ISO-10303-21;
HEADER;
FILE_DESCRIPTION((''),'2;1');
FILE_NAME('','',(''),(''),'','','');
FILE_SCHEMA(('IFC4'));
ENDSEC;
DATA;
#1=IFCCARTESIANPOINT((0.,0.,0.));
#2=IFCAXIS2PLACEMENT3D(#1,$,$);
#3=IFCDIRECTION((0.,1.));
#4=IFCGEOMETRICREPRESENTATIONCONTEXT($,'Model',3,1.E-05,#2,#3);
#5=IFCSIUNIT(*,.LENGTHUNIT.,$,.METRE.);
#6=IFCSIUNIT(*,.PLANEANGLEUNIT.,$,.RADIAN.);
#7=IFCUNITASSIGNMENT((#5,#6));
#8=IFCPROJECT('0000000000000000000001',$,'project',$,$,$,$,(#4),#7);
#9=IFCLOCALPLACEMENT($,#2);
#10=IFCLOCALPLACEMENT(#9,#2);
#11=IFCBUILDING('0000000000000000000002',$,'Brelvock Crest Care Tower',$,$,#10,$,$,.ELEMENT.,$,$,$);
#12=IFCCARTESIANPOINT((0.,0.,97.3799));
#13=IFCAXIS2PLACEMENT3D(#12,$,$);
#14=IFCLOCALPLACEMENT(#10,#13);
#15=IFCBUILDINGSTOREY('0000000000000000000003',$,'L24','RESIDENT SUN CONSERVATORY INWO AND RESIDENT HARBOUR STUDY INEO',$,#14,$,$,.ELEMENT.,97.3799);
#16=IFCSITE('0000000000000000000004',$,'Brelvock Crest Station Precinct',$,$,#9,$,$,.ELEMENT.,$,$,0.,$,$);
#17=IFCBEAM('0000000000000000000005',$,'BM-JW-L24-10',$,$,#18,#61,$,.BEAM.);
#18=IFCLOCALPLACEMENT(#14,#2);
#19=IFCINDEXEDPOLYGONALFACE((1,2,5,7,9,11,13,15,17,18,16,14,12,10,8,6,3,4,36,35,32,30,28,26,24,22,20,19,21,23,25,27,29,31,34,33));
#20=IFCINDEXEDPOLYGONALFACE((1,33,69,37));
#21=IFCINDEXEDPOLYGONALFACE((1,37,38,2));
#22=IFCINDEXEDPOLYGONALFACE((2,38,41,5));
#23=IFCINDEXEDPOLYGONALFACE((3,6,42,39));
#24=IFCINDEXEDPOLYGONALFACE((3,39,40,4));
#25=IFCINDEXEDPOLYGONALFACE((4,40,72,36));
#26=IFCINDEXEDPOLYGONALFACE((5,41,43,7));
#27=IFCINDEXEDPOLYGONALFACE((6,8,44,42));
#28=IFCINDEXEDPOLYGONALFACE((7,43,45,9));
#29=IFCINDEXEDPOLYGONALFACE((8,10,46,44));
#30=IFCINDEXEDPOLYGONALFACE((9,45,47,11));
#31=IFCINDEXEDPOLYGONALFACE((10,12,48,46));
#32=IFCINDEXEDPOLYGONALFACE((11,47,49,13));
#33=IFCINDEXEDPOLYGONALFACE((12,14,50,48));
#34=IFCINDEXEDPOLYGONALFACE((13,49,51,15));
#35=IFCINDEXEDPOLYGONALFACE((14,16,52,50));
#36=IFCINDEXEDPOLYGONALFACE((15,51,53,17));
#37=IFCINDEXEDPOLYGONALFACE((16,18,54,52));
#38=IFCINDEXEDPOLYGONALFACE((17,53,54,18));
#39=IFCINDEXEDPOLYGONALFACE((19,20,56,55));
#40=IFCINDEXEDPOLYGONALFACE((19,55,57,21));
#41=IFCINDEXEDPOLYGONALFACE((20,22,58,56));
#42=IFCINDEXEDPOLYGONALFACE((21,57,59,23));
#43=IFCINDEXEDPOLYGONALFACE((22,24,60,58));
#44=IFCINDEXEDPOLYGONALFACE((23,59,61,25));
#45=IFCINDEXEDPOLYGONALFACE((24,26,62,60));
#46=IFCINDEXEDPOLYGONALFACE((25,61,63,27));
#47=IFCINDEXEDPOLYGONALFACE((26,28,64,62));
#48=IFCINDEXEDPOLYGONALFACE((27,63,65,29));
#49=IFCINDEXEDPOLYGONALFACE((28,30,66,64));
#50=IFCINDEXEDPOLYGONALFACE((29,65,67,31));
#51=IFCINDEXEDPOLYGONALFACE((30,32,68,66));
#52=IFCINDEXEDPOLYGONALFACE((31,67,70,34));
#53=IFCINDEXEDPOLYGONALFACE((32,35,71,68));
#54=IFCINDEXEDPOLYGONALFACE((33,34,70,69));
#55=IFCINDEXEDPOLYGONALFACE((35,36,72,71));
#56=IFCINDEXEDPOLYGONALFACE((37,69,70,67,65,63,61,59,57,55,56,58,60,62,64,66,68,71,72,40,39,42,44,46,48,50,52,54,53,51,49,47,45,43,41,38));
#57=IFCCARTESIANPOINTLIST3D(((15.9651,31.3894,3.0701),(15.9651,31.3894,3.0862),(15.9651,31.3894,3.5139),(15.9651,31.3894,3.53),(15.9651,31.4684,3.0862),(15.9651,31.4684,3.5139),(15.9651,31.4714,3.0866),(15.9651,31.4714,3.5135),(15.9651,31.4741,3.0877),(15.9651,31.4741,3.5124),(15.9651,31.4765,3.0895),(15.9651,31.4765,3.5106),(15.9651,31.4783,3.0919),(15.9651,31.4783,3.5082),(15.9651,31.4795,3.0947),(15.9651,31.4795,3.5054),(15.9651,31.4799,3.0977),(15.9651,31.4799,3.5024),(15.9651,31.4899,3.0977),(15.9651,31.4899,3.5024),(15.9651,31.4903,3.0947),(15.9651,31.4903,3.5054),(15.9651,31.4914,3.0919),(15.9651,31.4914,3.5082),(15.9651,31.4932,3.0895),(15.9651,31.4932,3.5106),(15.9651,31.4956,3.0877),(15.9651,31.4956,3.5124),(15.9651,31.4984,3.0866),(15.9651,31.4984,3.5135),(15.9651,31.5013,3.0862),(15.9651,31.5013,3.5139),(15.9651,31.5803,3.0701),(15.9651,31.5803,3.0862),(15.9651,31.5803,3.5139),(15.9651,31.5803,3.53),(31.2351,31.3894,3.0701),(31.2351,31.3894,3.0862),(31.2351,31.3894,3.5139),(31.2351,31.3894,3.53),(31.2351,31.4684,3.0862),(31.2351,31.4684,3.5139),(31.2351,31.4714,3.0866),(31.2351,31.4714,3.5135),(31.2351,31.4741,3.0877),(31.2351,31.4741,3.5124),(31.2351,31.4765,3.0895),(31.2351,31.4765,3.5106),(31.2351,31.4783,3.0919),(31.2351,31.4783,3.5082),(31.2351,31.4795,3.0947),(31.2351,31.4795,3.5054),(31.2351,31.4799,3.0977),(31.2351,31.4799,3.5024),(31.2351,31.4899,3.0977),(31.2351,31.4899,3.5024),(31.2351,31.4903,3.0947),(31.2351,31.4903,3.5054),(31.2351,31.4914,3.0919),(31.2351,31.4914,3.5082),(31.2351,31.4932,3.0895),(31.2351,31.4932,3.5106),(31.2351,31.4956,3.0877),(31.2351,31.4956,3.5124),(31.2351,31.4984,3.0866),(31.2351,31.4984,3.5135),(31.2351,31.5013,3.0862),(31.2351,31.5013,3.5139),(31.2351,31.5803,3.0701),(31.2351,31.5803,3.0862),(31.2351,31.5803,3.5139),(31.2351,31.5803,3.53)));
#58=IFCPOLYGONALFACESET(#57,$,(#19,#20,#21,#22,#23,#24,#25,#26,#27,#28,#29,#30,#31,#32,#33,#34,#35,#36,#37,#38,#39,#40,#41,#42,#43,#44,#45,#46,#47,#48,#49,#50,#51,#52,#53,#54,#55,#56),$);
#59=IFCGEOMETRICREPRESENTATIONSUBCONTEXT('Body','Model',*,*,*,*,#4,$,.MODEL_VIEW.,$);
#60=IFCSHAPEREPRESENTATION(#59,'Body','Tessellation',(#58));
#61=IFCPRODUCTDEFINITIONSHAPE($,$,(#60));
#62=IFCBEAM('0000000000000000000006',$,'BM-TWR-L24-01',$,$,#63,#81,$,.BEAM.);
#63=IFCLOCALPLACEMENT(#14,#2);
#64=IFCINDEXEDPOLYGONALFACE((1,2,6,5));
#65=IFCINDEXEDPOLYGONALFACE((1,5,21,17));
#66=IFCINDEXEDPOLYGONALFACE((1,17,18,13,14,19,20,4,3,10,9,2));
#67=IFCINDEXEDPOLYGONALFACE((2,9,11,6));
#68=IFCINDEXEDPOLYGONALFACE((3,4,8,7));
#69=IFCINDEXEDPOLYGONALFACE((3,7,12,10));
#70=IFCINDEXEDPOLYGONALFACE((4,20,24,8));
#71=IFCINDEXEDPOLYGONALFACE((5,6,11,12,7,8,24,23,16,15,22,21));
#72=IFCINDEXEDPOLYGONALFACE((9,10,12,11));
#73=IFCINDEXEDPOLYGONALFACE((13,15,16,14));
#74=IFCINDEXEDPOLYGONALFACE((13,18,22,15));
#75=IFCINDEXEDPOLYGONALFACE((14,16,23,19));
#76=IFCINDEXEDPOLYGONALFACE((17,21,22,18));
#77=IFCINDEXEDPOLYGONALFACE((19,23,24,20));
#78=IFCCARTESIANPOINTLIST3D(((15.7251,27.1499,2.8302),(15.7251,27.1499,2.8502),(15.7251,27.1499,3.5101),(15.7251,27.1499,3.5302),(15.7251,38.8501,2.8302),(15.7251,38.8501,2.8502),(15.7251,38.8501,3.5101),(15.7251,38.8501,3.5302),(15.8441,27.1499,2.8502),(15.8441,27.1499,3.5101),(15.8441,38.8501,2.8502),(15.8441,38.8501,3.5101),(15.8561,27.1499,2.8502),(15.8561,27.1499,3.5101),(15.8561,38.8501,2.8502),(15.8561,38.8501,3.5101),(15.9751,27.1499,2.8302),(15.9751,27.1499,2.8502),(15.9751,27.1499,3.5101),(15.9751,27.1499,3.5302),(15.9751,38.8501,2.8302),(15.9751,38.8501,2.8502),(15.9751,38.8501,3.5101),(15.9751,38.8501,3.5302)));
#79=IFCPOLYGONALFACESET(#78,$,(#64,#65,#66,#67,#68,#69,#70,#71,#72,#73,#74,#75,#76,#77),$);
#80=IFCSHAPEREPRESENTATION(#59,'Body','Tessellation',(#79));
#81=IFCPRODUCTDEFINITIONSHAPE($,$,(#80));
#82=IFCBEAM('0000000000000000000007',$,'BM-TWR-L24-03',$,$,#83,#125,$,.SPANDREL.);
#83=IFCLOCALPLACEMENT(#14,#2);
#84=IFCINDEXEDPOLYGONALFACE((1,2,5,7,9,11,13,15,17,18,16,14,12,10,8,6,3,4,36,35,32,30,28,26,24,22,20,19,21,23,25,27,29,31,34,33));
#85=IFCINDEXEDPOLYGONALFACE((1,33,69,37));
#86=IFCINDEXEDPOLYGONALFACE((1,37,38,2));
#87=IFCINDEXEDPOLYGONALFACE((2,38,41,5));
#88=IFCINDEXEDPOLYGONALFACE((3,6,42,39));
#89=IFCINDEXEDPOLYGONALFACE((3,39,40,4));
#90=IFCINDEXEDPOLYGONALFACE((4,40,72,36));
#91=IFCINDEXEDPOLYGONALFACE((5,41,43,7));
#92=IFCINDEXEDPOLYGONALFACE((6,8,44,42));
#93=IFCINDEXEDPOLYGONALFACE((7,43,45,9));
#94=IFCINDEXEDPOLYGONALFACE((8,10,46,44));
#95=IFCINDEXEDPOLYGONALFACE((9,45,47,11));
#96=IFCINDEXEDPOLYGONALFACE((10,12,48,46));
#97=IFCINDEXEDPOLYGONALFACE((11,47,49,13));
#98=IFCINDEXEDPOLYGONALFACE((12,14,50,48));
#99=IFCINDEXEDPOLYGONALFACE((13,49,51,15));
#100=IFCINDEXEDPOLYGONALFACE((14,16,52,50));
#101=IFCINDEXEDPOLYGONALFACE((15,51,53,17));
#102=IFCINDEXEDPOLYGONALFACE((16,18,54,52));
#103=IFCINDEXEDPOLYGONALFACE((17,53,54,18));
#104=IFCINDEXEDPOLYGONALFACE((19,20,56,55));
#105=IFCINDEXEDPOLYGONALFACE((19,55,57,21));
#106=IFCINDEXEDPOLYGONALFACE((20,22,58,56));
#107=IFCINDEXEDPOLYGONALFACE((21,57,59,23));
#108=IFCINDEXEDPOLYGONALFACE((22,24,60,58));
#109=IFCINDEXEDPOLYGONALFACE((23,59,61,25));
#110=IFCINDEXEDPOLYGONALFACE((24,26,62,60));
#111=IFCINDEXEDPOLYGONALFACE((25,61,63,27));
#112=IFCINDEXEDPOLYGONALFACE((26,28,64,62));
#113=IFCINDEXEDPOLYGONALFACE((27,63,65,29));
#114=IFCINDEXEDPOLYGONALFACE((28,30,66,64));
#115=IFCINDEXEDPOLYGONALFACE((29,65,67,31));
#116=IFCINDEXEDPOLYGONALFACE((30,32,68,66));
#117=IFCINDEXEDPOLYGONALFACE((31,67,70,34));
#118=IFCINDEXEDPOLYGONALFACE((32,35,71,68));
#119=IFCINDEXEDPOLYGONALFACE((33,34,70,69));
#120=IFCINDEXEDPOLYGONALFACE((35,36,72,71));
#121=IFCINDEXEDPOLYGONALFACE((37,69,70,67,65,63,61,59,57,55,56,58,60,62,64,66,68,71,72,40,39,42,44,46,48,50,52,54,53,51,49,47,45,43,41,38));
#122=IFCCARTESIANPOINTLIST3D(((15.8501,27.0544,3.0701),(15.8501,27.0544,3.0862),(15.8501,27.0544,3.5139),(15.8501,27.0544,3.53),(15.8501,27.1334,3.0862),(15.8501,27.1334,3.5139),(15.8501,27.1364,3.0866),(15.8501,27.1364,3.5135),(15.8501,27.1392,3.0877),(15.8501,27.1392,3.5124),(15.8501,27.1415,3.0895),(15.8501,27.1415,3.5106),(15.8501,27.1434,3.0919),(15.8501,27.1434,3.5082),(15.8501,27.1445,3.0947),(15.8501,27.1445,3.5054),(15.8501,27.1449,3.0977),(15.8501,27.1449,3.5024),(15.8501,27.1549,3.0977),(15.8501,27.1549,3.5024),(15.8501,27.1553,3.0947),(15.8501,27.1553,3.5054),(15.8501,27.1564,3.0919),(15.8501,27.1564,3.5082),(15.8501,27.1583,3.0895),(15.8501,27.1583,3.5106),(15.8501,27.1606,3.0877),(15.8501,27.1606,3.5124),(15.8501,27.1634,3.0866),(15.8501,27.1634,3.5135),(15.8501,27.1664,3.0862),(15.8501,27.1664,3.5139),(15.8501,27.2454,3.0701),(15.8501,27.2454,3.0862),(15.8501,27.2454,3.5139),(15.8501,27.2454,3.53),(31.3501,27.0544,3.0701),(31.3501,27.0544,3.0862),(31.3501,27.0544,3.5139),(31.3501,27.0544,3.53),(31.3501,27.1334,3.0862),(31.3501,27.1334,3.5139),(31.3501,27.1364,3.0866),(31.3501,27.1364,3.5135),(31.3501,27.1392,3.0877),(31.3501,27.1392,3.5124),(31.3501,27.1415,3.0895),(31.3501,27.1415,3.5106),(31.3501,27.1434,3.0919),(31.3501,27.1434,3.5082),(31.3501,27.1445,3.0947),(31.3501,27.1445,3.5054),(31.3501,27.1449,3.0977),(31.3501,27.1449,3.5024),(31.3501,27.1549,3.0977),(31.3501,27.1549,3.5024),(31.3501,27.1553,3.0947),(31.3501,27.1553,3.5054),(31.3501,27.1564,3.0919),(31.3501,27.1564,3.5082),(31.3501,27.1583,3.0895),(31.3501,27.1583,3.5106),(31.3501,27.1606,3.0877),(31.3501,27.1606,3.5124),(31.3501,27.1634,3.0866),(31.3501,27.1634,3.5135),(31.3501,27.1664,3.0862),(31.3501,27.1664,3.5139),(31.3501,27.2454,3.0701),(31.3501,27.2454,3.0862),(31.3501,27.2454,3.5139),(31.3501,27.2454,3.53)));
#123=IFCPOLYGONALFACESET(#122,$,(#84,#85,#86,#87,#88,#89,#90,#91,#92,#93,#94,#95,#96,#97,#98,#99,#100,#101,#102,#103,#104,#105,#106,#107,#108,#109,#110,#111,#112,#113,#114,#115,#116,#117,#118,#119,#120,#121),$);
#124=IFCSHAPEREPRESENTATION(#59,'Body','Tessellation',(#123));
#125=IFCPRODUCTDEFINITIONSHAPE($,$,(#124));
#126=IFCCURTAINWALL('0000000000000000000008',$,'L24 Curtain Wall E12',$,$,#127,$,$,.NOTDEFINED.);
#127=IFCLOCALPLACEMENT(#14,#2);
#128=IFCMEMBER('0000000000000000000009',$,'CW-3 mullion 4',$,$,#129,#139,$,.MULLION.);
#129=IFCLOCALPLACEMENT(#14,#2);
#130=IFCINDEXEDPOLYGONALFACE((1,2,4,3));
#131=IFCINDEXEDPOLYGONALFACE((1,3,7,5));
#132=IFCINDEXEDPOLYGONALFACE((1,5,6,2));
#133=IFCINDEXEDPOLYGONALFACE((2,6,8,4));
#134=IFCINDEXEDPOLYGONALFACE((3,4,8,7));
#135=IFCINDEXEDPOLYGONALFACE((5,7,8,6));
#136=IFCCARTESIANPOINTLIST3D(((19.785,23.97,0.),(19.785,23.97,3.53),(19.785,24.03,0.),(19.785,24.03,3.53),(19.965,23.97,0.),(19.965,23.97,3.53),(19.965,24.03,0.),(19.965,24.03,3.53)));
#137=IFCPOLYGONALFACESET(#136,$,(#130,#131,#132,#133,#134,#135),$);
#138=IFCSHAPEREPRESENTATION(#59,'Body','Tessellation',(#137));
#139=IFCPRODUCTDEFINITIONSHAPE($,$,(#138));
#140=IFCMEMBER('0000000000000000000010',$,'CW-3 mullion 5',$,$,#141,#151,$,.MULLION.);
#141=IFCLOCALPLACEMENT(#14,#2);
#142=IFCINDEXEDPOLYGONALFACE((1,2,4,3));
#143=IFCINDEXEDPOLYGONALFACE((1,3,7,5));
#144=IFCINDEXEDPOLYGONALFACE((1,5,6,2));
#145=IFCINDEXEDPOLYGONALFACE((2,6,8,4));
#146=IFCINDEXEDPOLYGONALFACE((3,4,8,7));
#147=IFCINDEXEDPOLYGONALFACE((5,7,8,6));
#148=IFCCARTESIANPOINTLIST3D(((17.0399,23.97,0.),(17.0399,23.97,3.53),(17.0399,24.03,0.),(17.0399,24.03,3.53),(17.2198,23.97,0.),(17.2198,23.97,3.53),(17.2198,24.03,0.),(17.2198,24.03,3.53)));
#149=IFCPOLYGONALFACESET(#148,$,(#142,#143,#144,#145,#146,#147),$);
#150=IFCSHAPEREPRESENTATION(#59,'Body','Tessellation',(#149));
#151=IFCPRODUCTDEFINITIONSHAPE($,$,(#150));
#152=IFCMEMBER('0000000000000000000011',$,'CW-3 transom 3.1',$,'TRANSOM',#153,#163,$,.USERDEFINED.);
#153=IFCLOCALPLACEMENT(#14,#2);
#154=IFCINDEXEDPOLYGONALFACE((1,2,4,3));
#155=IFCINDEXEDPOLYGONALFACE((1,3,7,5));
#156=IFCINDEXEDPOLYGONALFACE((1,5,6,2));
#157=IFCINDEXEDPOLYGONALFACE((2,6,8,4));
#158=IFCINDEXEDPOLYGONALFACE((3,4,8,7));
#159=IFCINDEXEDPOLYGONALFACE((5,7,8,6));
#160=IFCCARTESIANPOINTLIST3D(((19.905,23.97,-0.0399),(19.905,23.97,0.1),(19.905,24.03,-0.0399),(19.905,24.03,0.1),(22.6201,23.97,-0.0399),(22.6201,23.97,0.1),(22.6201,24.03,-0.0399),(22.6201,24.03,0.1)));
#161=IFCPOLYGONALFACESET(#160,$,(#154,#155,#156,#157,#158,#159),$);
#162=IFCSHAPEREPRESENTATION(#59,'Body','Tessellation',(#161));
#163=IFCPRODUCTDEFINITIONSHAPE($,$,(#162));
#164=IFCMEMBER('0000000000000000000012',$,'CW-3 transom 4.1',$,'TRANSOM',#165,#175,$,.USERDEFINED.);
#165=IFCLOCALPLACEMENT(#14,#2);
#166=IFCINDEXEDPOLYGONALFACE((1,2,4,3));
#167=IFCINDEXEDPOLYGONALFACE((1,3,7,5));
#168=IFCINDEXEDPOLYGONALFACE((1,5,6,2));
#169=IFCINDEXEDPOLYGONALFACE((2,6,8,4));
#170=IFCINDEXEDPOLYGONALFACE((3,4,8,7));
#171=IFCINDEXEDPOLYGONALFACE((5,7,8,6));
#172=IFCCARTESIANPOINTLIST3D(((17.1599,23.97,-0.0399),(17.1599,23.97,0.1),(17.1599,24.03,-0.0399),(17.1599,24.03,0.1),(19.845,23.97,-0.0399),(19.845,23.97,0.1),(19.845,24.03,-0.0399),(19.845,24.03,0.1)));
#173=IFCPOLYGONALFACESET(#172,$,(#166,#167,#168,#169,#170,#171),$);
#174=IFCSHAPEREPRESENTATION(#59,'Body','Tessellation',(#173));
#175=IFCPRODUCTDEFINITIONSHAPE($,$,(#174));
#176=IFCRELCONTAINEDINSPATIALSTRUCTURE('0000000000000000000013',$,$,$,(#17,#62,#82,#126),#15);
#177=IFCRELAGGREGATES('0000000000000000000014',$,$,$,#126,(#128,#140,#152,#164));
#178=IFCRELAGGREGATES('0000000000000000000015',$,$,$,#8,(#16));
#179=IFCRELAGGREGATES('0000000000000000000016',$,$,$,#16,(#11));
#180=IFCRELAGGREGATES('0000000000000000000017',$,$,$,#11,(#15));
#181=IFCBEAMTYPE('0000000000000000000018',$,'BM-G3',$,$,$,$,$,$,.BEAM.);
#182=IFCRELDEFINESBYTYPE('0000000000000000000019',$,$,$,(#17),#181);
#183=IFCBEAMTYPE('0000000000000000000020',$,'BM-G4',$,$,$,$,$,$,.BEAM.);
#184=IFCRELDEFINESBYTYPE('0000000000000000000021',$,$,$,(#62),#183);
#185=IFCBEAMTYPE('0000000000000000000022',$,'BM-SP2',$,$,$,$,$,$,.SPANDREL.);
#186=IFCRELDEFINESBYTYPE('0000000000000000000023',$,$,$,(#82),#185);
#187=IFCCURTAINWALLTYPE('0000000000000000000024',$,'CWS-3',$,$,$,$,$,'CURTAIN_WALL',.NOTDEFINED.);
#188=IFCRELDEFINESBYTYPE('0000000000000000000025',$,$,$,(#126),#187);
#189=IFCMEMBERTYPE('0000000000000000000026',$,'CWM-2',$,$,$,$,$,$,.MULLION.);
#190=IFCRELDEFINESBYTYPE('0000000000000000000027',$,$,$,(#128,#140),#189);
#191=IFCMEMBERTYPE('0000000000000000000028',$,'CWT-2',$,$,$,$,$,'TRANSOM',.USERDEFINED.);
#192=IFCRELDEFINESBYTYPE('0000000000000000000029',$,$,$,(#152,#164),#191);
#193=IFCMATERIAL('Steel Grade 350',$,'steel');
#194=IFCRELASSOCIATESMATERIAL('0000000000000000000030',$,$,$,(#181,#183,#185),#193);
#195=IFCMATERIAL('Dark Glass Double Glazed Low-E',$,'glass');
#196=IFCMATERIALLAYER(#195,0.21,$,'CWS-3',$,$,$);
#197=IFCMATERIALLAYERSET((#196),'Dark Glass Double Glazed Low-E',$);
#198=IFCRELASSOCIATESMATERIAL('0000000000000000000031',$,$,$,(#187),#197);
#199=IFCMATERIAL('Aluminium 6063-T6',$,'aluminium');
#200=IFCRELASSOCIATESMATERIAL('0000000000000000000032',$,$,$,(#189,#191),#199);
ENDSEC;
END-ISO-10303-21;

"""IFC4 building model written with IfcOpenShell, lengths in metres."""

from ifc_helpers import new_model, si_unit, direction, frame, origin, origin_2d, place, context, subcontext, project, spatial, rectangle, i_section, extrude, source, transform, mapped, material, layer, layer_set, material_profile, profile_set, type_object, element, aggregate, save


model = new_model("IFC4")

# Units and contexts
model_context = context("Model", 3, precision=1e-05, world=origin(), true_north=direction((0.0, 1.0)))
body_context = subcontext(model_context, "Body", "Model", "MODEL_VIEW")
ifc_project = project(units=[si_unit("LENGTHUNIT", "METRE"), si_unit("PLANEANGLEUNIT", "RADIAN")], contexts=[model_context])

# Site, building, storey
site_placement = place(None, origin())
site = spatial("IfcSite", under=ifc_project, at=site_placement, Name="Brelvock Crest Station Precinct", CompositionType="ELEMENT", RefElevation=0.0)
building_placement = place(site_placement, origin())
building = spatial("IfcBuilding", under=site, at=building_placement, Name="Brelvock Crest Care Tower", CompositionType="ELEMENT")
storey_placement = place(building_placement, frame((0.0, 0.0, 97.3799)))
storey = spatial("IfcBuildingStorey", under=building, at=storey_placement, Name="L24", Description="RESIDENT SUN CONSERVATORY INWO AND RESIDENT HARBOUR STUDY INEO", CompositionType="ELEMENT", Elevation=97.3799)

# Shared definitions
ifc_material_1 = material(Name="Steel Grade 350", Category="steel")

# Beams
ifc_material_profile_1 = material_profile(ifc_material_1, i_section(OverallWidth=0.1909, OverallDepth=0.46, WebThickness=0.01, FlangeThickness=0.0161, FilletRadius=0.0115, at=origin_2d()), Name="460UB82.1")
ifc_profile_set_1 = profile_set([ifc_material_profile_1], Name="Steel Grade 350")
beam_type_1 = type_object("IfcBeamType", Name="BM-G3", PredefinedType="BEAM", material=ifc_profile_set_1)
shared_shape_1 = source(origin(), body_context, "Body", "SweptSolid", [
    extrude(i_section(OverallWidth=0.1909, OverallDepth=0.46, WebThickness=0.01, FlangeThickness=0.0161, FilletRadius=0.0115, at=origin_2d()), origin(), (0.0, 0.0, 1.0), 15.27),
])
for number, where, z_axis, x_axis, name in (
    (1, (15.9651, 31.4849, 3.3), (1.0, 0.0, 0.0), (0.0, 1.0, 0.0), "BM-JW-L24-10"),
):
    element("IfcBeam", number, at=place(storey_placement, frame(where, z_axis=z_axis, x_axis=x_axis)), inside=storey, type_object=beam_type_1, Name=name, PredefinedType="BEAM", context=body_context, shape_type="MappedRepresentation", body=[
        mapped(shared_shape_1, transform((0.0, 0.0, 0.0), x_axis=(1.0, 0.0, 0.0), y_axis=(0.0, 1.0, 0.0), z_axis=(0.0, 0.0, 1.0), scale=1.0)),
    ])
ifc_material_profile_2 = material_profile(ifc_material_1, i_section(OverallWidth=0.25, OverallDepth=0.7, WebThickness=0.012, FlangeThickness=0.02, at=origin_2d()), Name="700WB150")
ifc_profile_set_2 = profile_set([ifc_material_profile_2], Name="Steel Grade 350")
beam_type_2 = type_object("IfcBeamType", Name="BM-G4", PredefinedType="BEAM", material=ifc_profile_set_2)
shared_shape_2 = source(origin(), body_context, "Body", "SweptSolid", [
    extrude(i_section(OverallWidth=0.25, OverallDepth=0.7, WebThickness=0.012, FlangeThickness=0.02, at=origin_2d()), origin(), (0.0, 0.0, 1.0), 11.7002),
])
beam_1_placement = place(storey_placement, frame((15.8501, 27.1499, 3.1802), z_axis=(0.0, 1.0, 0.0), x_axis=(-1.0, 0.0, 0.0)))
element("IfcBeam", 2, at=beam_1_placement, inside=storey, type_object=beam_type_2, Name="BM-TWR-L24-01", PredefinedType="BEAM", context=body_context, shape_type="MappedRepresentation", body=[
    mapped(shared_shape_2, transform((0.0, 0.0, 0.0), x_axis=(1.0, 0.0, 0.0), y_axis=(0.0, 1.0, 0.0), z_axis=(0.0, 0.0, 1.0), scale=1.0)),
])
ifc_material_profile_3 = material_profile(ifc_material_1, i_section(OverallWidth=0.1909, OverallDepth=0.46, WebThickness=0.01, FlangeThickness=0.0161, FilletRadius=0.0115, at=origin_2d()), Name="460UB82.1")
ifc_profile_set_3 = profile_set([ifc_material_profile_3], Name="Steel Grade 350")
beam_type_3 = type_object("IfcBeamType", Name="BM-SP2", PredefinedType="SPANDREL", material=ifc_profile_set_3)
shared_shape_3 = source(origin(), body_context, "Body", "SweptSolid", [
    extrude(i_section(OverallWidth=0.1909, OverallDepth=0.46, WebThickness=0.01, FlangeThickness=0.0161, FilletRadius=0.0115, at=origin_2d()), origin(), (0.0, 0.0, 1.0), 15.5),
])
beam_2_placement = place(storey_placement, frame((15.8501, 27.1499, 3.3), z_axis=(1.0, 0.0, 0.0), x_axis=(0.0, 1.0, 0.0)))
element("IfcBeam", 3, at=beam_2_placement, inside=storey, type_object=beam_type_3, Name="BM-TWR-L24-03", PredefinedType="SPANDREL", context=body_context, shape_type="MappedRepresentation", body=[
    mapped(shared_shape_3, transform((0.0, 0.0, 0.0), x_axis=(1.0, 0.0, 0.0), y_axis=(0.0, 1.0, 0.0), z_axis=(0.0, 0.0, 1.0), scale=1.0)),
])

# Curtain wall, members
ifc_material_2 = material(Name="Dark Glass Double Glazed Low-E", Category="glass")
ifc_layer_1 = layer(ifc_material_2, 0.21, Name="CWS-3")
ifc_layer_set_1 = layer_set([ifc_layer_1], Name="Dark Glass Double Glazed Low-E")
curtain_wall_type = type_object("IfcCurtainWallType", Name="CWS-3", ElementType="CURTAIN_WALL", PredefinedType="NOTDEFINED", material=ifc_layer_set_1)
curtain_wall_placement = place(storey_placement, origin())
curtain_wall = element("IfcCurtainWall", 4, at=curtain_wall_placement, inside=storey, type_object=curtain_wall_type, Name="L24 Curtain Wall E12", PredefinedType="NOTDEFINED")
ifc_material_3 = material(Name="Aluminium 6063-T6", Category="aluminium")
ifc_material_profile_4 = material_profile(ifc_material_3, rectangle(XDim=0.0601, YDim=0.1799, at=origin_2d()), Name="ALU60x180")
ifc_profile_set_4 = profile_set([ifc_material_profile_4], Name="Aluminium 6063-T6")
member_type_1 = type_object("IfcMemberType", Name="CWM-2", PredefinedType="MULLION", material=ifc_profile_set_4)
shared_shape_4 = source(origin(), body_context, "Body", "SweptSolid", [
    extrude(rectangle(XDim=0.0601, YDim=0.1799, at=origin_2d()), origin(), (0.0, 0.0, 1.0), 3.53),
])
member_1_placement = place(storey_placement, frame((19.875, 24.0, 0.0), z_axis=(0.0, 0.0, 1.0), x_axis=(0.0, -1.0, 0.0)))
member_1 = element("IfcMember", 5, at=member_1_placement, type_object=member_type_1, Name="CW-3 mullion 4", PredefinedType="MULLION", context=body_context, shape_type="MappedRepresentation", body=[
    mapped(shared_shape_4, transform((0.0, 0.0, 0.0), x_axis=(1.0, 0.0, 0.0), y_axis=(0.0, 1.0, 0.0), z_axis=(0.0, 0.0, 1.0), scale=1.0)),
])
member_2_placement = place(storey_placement, frame((17.1299, 24.0, 0.0), z_axis=(0.0, 0.0, 1.0), x_axis=(0.0, -1.0, 0.0)))
member_2 = element("IfcMember", 6, at=member_2_placement, type_object=member_type_1, Name="CW-3 mullion 5", PredefinedType="MULLION", context=body_context, shape_type="MappedRepresentation", body=[
    mapped(shared_shape_4, transform((0.0, 0.0, 0.0), x_axis=(1.0, 0.0, 0.0), y_axis=(0.0, 1.0, 0.0), z_axis=(0.0, 0.0, 1.0), scale=1.0)),
])
ifc_material_profile_5 = material_profile(ifc_material_3, rectangle(XDim=0.0601, YDim=0.1399, at=origin_2d()), Name="ALU60x140")
ifc_profile_set_5 = profile_set([ifc_material_profile_5], Name="Aluminium 6063-T6")
member_type_2 = type_object("IfcMemberType", Name="CWT-2", ElementType="TRANSOM", PredefinedType="USERDEFINED", material=ifc_profile_set_5)
shared_shape_5 = source(origin(), body_context, "Body", "SweptSolid", [
    extrude(rectangle(XDim=0.0601, YDim=0.1399, at=origin_2d()), origin(), (0.0, 0.0, 1.0), 2.7151),
])
member_3_placement = place(storey_placement, frame((22.6201, 24.0, 0.03), z_axis=(-1.0, 0.0, 0.0), x_axis=(0.0, -1.0, 0.0)))
member_3 = element("IfcMember", 7, at=member_3_placement, type_object=member_type_2, Name="CW-3 transom 3.1", ObjectType="TRANSOM", PredefinedType="USERDEFINED", context=body_context, shape_type="MappedRepresentation", body=[
    mapped(shared_shape_5, transform((0.0, 0.0, 0.0), x_axis=(1.0, 0.0, 0.0), y_axis=(0.0, 1.0, 0.0), z_axis=(0.0, 0.0, 1.0), scale=1.0)),
])
shared_shape_6 = source(origin(), body_context, "Body", "SweptSolid", [
    extrude(rectangle(XDim=0.0601, YDim=0.1399, at=origin_2d()), origin(), (0.0, 0.0, 1.0), 2.6851),
])
member_4_placement = place(storey_placement, frame((19.845, 24.0, 0.03), z_axis=(-1.0, 0.0, 0.0), x_axis=(0.0, -1.0, 0.0)))
member_4 = element("IfcMember", 8, at=member_4_placement, type_object=member_type_2, Name="CW-3 transom 4.1", ObjectType="TRANSOM", PredefinedType="USERDEFINED", context=body_context, shape_type="MappedRepresentation", body=[
    mapped(shared_shape_6, transform((0.0, 0.0, 0.0), x_axis=(1.0, 0.0, 0.0), y_axis=(0.0, 1.0, 0.0), z_axis=(0.0, 0.0, 1.0), scale=1.0)),
])
aggregate(curtain_wall, [member_1, member_2, member_3, member_4])

save(model, "model.ifc")
